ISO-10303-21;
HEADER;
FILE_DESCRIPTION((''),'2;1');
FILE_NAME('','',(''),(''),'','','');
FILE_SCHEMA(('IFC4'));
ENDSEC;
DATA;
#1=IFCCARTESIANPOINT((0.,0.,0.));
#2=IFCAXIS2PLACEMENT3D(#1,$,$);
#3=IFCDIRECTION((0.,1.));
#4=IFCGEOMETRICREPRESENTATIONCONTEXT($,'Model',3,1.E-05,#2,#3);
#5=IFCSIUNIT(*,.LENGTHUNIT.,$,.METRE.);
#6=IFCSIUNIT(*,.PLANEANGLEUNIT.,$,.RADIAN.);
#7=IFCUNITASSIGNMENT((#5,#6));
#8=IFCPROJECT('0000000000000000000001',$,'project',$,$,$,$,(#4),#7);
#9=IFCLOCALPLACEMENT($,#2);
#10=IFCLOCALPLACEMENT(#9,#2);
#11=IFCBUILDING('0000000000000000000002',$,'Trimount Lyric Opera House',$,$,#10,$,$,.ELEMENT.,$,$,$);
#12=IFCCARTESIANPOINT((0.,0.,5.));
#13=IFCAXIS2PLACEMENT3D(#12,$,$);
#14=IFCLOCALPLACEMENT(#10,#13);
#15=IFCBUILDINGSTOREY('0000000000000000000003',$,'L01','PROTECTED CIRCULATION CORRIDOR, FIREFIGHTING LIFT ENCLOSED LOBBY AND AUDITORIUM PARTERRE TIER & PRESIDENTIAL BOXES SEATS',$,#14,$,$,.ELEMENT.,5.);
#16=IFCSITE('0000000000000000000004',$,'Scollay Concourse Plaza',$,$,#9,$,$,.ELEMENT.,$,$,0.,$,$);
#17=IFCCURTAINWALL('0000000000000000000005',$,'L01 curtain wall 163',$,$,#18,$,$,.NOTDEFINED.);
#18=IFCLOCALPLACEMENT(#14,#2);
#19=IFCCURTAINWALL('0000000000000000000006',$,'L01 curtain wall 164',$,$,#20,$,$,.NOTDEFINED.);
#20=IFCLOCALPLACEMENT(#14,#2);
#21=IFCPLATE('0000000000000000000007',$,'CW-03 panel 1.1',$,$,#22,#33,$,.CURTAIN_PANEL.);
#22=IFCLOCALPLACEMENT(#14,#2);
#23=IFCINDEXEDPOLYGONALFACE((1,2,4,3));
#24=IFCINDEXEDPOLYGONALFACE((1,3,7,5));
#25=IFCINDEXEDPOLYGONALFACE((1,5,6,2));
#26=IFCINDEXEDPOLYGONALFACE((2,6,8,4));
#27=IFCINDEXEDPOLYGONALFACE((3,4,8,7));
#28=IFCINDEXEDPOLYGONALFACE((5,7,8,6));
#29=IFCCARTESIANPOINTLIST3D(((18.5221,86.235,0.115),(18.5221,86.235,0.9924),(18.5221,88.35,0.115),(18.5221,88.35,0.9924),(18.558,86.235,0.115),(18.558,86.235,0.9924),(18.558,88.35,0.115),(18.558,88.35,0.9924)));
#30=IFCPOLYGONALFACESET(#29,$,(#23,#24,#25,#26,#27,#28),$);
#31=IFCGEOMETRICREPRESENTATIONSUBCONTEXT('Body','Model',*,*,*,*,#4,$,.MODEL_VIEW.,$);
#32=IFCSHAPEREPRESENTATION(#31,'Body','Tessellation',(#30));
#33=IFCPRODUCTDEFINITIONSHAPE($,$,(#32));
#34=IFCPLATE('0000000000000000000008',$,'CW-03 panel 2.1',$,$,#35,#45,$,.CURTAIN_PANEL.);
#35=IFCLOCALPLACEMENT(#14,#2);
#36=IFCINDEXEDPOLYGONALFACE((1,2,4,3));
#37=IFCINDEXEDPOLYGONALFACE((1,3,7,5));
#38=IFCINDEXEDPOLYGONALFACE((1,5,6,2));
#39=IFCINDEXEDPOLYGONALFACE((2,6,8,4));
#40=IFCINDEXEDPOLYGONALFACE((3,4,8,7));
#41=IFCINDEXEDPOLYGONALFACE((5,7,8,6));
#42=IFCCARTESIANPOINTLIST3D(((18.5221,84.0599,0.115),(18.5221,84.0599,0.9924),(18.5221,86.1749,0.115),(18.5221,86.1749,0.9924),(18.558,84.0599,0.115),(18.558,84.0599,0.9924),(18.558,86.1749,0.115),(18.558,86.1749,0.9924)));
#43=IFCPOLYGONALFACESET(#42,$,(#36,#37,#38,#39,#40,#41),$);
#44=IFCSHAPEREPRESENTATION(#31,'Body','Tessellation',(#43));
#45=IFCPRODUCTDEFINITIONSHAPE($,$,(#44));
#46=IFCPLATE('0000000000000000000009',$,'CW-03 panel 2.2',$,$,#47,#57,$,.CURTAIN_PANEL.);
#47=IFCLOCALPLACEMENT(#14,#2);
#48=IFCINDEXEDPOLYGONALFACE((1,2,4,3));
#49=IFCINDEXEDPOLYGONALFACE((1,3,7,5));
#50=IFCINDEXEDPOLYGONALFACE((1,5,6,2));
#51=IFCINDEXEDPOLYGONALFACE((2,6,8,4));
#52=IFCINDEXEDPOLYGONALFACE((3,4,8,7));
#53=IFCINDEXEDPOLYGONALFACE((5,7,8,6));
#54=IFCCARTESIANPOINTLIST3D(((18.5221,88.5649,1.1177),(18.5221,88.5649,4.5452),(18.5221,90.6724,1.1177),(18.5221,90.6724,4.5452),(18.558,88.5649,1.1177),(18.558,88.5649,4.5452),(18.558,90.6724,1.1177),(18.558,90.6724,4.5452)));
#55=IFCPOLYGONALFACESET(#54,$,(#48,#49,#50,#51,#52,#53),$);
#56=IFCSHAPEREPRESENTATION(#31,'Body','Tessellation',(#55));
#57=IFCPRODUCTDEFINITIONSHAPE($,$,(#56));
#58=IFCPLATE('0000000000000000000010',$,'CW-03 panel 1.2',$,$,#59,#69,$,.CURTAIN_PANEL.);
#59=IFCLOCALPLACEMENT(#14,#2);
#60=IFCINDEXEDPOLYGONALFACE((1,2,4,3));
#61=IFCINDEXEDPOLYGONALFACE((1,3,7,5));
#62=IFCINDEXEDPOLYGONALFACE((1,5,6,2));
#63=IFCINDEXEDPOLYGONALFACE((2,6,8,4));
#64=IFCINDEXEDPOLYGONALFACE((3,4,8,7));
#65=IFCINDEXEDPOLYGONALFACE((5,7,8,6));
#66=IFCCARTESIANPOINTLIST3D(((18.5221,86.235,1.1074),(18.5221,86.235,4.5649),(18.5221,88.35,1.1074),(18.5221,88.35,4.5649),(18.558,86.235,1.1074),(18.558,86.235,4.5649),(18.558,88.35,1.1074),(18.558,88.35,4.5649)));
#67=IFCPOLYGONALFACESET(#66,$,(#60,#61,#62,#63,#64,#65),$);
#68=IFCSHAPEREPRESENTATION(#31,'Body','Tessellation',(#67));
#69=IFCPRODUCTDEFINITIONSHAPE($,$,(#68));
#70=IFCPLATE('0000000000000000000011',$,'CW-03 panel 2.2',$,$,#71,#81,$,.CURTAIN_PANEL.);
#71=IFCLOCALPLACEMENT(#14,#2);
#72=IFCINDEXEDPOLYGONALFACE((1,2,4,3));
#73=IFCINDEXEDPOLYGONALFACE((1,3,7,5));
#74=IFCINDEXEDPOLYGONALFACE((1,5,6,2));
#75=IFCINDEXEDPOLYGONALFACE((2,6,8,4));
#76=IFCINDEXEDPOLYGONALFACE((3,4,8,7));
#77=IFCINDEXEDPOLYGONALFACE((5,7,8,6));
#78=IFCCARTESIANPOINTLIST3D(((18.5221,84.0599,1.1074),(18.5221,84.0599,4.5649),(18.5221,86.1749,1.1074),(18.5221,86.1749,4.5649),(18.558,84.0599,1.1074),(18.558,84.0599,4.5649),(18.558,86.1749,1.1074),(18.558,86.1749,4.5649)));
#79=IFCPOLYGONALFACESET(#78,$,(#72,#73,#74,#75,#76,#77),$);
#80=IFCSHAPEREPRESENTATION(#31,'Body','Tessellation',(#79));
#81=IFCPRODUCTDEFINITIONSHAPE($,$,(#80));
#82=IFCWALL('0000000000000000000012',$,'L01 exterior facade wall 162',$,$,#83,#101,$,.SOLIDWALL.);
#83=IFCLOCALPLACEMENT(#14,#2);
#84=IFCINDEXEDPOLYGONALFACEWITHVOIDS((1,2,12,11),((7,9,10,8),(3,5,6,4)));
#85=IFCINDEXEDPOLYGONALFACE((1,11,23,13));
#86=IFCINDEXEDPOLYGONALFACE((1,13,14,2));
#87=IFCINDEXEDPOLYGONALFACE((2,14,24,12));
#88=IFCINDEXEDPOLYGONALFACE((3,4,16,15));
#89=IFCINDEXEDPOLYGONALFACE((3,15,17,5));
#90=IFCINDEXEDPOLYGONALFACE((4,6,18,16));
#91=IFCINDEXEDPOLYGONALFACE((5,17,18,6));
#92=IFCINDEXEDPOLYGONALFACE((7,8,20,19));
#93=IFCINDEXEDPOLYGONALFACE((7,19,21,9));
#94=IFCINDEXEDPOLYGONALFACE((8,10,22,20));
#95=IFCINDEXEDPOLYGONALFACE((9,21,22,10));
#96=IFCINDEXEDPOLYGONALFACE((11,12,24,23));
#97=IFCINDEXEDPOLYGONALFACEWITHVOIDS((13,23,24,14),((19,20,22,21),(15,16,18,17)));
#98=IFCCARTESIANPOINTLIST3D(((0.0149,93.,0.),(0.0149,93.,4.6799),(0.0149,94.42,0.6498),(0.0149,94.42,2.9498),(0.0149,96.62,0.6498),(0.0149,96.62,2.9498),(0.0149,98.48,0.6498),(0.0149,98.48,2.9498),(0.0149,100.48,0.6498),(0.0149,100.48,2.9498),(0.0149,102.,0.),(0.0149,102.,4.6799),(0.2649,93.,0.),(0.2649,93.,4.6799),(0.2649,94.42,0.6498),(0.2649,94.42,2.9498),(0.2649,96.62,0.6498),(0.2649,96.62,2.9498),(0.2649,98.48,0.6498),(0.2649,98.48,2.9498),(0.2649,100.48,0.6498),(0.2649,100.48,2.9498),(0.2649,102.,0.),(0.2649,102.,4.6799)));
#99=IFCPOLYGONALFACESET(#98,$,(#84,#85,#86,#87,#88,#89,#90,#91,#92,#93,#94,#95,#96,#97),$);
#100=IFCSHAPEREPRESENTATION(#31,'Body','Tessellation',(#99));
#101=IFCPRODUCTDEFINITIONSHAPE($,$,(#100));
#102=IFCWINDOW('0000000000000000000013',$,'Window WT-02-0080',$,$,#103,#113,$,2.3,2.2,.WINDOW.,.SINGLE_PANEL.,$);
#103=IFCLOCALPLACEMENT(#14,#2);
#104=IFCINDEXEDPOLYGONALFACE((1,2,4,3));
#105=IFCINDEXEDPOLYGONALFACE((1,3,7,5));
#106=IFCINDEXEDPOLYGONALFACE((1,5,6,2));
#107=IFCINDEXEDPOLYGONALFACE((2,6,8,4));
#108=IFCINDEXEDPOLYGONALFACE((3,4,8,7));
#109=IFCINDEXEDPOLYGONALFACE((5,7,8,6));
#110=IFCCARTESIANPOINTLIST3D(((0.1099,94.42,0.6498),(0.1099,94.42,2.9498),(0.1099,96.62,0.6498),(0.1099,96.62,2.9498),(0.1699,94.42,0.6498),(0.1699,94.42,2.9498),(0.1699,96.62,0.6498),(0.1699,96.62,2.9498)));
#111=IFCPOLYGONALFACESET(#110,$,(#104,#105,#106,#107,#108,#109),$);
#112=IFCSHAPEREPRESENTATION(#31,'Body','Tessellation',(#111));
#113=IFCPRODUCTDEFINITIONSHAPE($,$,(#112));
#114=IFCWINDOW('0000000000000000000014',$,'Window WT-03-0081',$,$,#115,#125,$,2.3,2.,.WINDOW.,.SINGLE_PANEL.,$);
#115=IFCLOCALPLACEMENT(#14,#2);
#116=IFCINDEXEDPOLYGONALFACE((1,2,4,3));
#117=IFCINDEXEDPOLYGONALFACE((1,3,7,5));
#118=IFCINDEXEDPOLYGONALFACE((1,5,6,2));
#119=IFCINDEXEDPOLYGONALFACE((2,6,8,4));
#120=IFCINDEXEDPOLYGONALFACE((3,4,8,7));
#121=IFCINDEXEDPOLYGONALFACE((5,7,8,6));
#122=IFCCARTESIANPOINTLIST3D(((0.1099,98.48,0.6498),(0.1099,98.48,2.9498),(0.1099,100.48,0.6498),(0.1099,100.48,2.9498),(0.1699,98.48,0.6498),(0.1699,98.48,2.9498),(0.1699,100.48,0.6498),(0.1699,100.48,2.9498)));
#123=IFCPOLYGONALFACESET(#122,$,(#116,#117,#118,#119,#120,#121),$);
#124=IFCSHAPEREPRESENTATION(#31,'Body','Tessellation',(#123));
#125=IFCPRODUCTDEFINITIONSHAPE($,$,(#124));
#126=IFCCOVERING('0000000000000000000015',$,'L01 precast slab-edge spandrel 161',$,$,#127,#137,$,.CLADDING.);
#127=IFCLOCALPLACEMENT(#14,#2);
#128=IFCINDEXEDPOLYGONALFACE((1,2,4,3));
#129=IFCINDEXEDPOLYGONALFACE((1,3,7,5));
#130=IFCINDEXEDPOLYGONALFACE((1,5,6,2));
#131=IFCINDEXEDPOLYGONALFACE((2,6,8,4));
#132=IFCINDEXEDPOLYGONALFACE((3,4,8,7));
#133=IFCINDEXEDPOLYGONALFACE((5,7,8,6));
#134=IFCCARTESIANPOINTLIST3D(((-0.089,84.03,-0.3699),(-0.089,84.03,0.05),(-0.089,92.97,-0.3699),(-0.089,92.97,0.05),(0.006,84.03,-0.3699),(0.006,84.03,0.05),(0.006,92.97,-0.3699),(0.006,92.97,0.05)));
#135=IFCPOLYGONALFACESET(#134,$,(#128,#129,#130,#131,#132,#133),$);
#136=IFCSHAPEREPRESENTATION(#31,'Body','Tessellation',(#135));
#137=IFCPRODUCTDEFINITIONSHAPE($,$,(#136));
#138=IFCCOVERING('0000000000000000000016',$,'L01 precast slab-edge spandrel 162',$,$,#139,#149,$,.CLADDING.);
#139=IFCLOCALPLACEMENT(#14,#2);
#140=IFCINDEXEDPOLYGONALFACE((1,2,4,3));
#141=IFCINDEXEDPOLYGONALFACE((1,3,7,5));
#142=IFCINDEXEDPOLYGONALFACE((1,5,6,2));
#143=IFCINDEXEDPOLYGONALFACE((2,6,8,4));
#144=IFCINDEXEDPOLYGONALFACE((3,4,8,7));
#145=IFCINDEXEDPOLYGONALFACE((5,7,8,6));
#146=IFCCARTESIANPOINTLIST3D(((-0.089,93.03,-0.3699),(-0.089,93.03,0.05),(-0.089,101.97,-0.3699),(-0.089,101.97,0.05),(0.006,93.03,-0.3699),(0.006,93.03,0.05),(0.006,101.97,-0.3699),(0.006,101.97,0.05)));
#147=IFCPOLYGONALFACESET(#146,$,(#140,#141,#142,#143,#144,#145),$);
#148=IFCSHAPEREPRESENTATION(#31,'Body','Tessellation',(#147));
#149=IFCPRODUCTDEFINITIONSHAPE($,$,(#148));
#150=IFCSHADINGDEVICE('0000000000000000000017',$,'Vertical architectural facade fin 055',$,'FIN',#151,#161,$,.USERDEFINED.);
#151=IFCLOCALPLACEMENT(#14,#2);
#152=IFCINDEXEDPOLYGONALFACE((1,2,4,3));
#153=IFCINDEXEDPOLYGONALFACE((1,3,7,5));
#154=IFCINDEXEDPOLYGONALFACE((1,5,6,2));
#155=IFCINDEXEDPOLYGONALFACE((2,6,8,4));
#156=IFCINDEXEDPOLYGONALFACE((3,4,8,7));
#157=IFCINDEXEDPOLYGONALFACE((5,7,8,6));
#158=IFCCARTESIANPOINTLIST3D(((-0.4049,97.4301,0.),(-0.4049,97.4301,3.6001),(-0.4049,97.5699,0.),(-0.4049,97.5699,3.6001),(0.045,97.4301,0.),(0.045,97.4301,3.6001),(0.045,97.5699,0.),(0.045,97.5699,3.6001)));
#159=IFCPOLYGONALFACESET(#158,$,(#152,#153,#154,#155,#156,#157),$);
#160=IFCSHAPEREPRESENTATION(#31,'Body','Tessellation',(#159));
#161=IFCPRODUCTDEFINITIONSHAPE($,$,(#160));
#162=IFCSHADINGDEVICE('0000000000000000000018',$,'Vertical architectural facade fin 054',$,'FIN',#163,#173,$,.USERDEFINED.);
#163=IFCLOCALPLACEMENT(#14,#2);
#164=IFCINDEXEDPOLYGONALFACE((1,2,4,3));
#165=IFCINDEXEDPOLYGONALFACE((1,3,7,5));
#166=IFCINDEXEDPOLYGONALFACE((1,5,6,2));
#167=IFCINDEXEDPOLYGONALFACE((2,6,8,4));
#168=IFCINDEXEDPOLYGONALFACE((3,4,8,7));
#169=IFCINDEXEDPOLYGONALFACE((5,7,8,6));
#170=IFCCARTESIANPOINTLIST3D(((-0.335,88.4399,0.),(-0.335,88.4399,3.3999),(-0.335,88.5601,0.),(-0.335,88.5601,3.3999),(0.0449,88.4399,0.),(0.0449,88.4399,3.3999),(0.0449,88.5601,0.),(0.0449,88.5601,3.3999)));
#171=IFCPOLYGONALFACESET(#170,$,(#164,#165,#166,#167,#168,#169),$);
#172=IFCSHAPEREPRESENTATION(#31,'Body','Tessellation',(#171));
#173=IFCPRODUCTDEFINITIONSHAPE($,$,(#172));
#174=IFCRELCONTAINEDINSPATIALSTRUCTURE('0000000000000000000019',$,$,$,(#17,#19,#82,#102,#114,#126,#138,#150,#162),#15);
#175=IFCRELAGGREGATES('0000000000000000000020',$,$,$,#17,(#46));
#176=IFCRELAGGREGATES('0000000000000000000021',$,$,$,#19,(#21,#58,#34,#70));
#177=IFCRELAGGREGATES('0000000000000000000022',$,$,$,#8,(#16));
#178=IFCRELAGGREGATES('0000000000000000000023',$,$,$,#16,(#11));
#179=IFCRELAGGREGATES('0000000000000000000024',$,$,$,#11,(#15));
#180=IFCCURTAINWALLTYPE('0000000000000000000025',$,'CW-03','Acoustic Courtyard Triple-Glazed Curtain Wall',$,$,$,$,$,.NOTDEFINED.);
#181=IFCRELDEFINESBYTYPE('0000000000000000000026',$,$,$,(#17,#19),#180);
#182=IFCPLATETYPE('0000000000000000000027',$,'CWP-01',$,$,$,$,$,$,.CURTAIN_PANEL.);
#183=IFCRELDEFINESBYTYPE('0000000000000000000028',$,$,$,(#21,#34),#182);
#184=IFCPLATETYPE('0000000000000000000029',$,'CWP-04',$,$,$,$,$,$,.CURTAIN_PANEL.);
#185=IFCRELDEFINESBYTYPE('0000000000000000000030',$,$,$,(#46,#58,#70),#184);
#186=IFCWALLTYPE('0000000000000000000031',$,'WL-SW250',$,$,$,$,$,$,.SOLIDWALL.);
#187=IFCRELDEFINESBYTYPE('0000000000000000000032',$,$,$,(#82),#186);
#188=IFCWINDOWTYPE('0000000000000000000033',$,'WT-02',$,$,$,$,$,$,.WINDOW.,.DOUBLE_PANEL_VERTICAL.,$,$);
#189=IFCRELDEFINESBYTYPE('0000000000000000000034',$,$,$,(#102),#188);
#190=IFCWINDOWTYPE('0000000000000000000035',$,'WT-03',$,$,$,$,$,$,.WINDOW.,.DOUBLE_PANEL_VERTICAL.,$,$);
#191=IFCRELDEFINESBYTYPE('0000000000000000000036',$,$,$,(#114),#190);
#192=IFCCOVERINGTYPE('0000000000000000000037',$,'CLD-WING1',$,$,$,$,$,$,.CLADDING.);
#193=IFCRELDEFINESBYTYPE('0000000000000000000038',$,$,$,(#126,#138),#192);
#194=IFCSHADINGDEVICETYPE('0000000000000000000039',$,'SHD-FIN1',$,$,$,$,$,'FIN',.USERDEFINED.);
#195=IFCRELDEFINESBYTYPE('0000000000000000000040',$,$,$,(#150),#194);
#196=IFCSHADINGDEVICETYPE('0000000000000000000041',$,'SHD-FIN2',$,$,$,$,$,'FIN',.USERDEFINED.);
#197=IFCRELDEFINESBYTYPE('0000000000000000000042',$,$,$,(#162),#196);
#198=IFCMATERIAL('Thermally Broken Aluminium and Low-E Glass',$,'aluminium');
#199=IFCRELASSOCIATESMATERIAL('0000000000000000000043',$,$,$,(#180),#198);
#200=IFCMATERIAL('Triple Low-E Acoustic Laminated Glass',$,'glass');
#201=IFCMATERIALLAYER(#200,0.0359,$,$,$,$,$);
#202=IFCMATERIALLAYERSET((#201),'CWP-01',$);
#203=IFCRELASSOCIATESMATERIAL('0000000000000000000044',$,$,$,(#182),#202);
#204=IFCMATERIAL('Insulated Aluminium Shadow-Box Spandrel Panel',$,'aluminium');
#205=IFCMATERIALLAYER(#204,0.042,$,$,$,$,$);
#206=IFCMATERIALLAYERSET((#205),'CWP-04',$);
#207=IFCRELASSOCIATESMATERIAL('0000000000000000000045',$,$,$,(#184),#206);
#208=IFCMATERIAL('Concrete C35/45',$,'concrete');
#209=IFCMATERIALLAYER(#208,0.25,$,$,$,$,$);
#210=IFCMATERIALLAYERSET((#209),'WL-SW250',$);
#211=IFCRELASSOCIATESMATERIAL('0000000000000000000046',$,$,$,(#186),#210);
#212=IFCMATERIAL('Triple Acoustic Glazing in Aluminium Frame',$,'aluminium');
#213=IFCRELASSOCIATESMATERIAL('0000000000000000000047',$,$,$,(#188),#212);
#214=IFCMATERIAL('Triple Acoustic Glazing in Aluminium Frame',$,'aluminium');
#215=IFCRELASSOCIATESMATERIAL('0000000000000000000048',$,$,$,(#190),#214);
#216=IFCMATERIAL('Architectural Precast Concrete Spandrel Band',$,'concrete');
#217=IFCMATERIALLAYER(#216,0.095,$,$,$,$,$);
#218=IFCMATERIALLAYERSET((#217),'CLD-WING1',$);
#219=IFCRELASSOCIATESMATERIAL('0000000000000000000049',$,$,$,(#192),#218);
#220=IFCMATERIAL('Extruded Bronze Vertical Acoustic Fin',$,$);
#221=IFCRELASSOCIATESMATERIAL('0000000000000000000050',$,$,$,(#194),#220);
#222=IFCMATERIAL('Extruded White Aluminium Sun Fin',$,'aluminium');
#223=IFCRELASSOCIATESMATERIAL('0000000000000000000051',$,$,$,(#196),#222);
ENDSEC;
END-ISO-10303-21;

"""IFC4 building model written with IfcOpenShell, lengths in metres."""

from ifc_helpers import new_model, si_unit, direction, frame, frame_2d, origin, origin_2d, place, context, subcontext, project, spatial, rectangle, extrude, material, layer, layer_set, type_object, element, fill, aggregate, save


model = new_model("IFC4")

# Units and contexts
model_context = context("Model", 3, precision=1e-05, world=origin(), true_north=direction((0.0, 1.0)))
body_context = subcontext(model_context, "Body", "Model", "MODEL_VIEW")
ifc_project = project(units=[si_unit("LENGTHUNIT", "METRE"), si_unit("PLANEANGLEUNIT", "RADIAN")], contexts=[model_context])

# Site, building, storey
site_placement = place(None, origin())
site = spatial("IfcSite", under=ifc_project, at=site_placement, Name="Scollay Concourse Plaza", CompositionType="ELEMENT", RefElevation=0.0)
building_placement = place(site_placement, origin())
building = spatial("IfcBuilding", under=site, at=building_placement, Name="Trimount Lyric Opera House", CompositionType="ELEMENT")
storey_placement = place(building_placement, frame((0.0, 0.0, 5.0)))
storey = spatial("IfcBuildingStorey", under=building, at=storey_placement, Name="L01", Description="PROTECTED CIRCULATION CORRIDOR, FIREFIGHTING LIFT ENCLOSED LOBBY AND AUDITORIUM PARTERRE TIER & PRESIDENTIAL BOXES SEATS", CompositionType="ELEMENT", Elevation=5.0)

# Curtain wall
ifc_material_1 = material(Name="Thermally Broken Aluminium and Low-E Glass", Category="aluminium")
curtain_wall_type = type_object("IfcCurtainWallType", Name="CW-03", Description="Acoustic Courtyard Triple-Glazed Curtain Wall", PredefinedType="NOTDEFINED", material=ifc_material_1)
curtain_wall_1_placement = place(storey_placement, origin())
curtain_wall_1 = element("IfcCurtainWall", 1, at=curtain_wall_1_placement, inside=storey, type_object=curtain_wall_type, Name="L01 curtain wall 163", PredefinedType="NOTDEFINED")

# Curtain wall
curtain_wall_2_placement = place(storey_placement, origin())
curtain_wall_2 = element("IfcCurtainWall", 2, at=curtain_wall_2_placement, inside=storey, type_object=curtain_wall_type, Name="L01 curtain wall 164", PredefinedType="NOTDEFINED")

# Plates
ifc_material_2 = material(Name="Triple Low-E Acoustic Laminated Glass", Category="glass")
ifc_layer_1 = layer(ifc_material_2, 0.0359)
ifc_layer_set_1 = layer_set([ifc_layer_1], Name="CWP-01")
plate_type_1 = type_object("IfcPlateType", Name="CWP-01", PredefinedType="CURTAIN_PANEL", material=ifc_layer_set_1)
plate_1_placement = place(storey_placement, frame((18.54, 87.2925, 0.115), z_axis=(0.0, 0.0, 1.0), x_axis=(0.0, -1.0, 0.0)))
plate_1 = element("IfcPlate", 3, at=plate_1_placement, type_object=plate_type_1, Name="CW-03 panel 1.1", PredefinedType="CURTAIN_PANEL", context=body_context, shape_type="SweptSolid", body=[
    extrude(rectangle(XDim=2.115, YDim=0.0359, at=origin_2d()), origin(), (0.0, 0.0, 1.0), 0.8774),
])
plate_2_placement = place(storey_placement, frame((18.54, 85.1174, 0.115), z_axis=(0.0, 0.0, 1.0), x_axis=(0.0, -1.0, 0.0)))
plate_2 = element("IfcPlate", 4, at=plate_2_placement, type_object=plate_type_1, Name="CW-03 panel 2.1", PredefinedType="CURTAIN_PANEL", context=body_context, shape_type="SweptSolid", body=[
    extrude(rectangle(XDim=2.115, YDim=0.0359, at=origin_2d()), origin(), (0.0, 0.0, 1.0), 0.8774),
])
ifc_material_3 = material(Name="Insulated Aluminium Shadow-Box Spandrel Panel", Category="aluminium")
ifc_layer_2 = layer(ifc_material_3, 0.042)
ifc_layer_set_2 = layer_set([ifc_layer_2], Name="CWP-04")
plate_type_2 = type_object("IfcPlateType", Name="CWP-04", PredefinedType="CURTAIN_PANEL", material=ifc_layer_set_2)
plate_3_placement = place(storey_placement, frame((18.54, 89.6187, 1.1177), z_axis=(0.0, 0.0, 1.0), x_axis=(0.0, -1.0, 0.0)))
plate_3 = element("IfcPlate", 5, at=plate_3_placement, type_object=plate_type_2, Name="CW-03 panel 2.2", PredefinedType="CURTAIN_PANEL", context=body_context, shape_type="SweptSolid", body=[
    extrude(rectangle(XDim=2.1074, YDim=0.0359, at=origin_2d()), origin(), (0.0, 0.0, 1.0), 3.4275),
])
aggregate(curtain_wall_1, [plate_3])
plate_4_placement = place(storey_placement, frame((18.54, 87.2925, 1.1074), z_axis=(0.0, 0.0, 1.0), x_axis=(0.0, -1.0, 0.0)))
plate_4 = element("IfcPlate", 6, at=plate_4_placement, type_object=plate_type_2, Name="CW-03 panel 1.2", PredefinedType="CURTAIN_PANEL", context=body_context, shape_type="SweptSolid", body=[
    extrude(rectangle(XDim=2.115, YDim=0.0359, at=origin_2d()), origin(), (0.0, 0.0, 1.0), 3.4575),
])
plate_5_placement = place(storey_placement, frame((18.54, 85.1174, 1.1074), z_axis=(0.0, 0.0, 1.0), x_axis=(0.0, -1.0, 0.0)))
plate_5 = element("IfcPlate", 7, at=plate_5_placement, type_object=plate_type_2, Name="CW-03 panel 2.2", PredefinedType="CURTAIN_PANEL", context=body_context, shape_type="SweptSolid", body=[
    extrude(rectangle(XDim=2.115, YDim=0.0359, at=origin_2d()), origin(), (0.0, 0.0, 1.0), 3.4575),
])
aggregate(curtain_wall_2, [plate_1, plate_4, plate_2, plate_5])

# Wall, openings, windows
ifc_material_4 = material(Name="Concrete C35/45", Category="concrete")
ifc_layer_3 = layer(ifc_material_4, 0.25)
ifc_layer_set_3 = layer_set([ifc_layer_3], Name="WL-SW250")
wall_type = type_object("IfcWallType", Name="WL-SW250", PredefinedType="SOLIDWALL", material=ifc_layer_set_3)
wall_placement = place(storey_placement, frame((0.1399, 93.0, 0.0), z_axis=(0.0, 0.0, 1.0), x_axis=(0.0, 1.0, 0.0)))
wall = element("IfcWall", 8, at=wall_placement, inside=storey, type_object=wall_type, Name="L01 exterior facade wall 162", PredefinedType="SOLIDWALL", context=body_context, shape_type="SweptSolid", body=[
    extrude(rectangle(XDim=9.0, YDim=0.25, at=frame_2d((4.5, 0.0))), origin(), (0.0, 0.0, 1.0), 4.6799),
])
opening_1_placement = place(wall_placement, frame((1.4199, 0.0, 0.6499)))
opening_1 = element("IfcOpeningElement", 9, at=opening_1_placement, cuts=wall, PredefinedType="OPENING", context=body_context, shape_type="SweptSolid", body=[
    extrude(rectangle(XDim=2.2, YDim=2.3, at=frame_2d((1.1001, 1.1499))), frame((0.0, 0.135, 0.0), z_axis=(0.0, -1.0, 0.0), x_axis=(1.0, 0.0, 0.0)), (0.0, 0.0, 1.0), 0.27),
])
opening_2_placement = place(wall_placement, frame((5.48, 0.0, 0.6499)))
opening_2 = element("IfcOpeningElement", 10, at=opening_2_placement, cuts=wall, PredefinedType="OPENING", context=body_context, shape_type="SweptSolid", body=[
    extrude(rectangle(XDim=2.0, YDim=2.3, at=frame_2d((1.0, 1.1499))), frame((0.0, 0.135, 0.0), z_axis=(0.0, -1.0, 0.0), x_axis=(1.0, 0.0, 0.0)), (0.0, 0.0, 1.0), 0.27),
])
ifc_material_5 = material(Name="Triple Acoustic Glazing in Aluminium Frame", Category="aluminium")
window_type_1 = type_object("IfcWindowType", Name="WT-02", PartitioningType="DOUBLE_PANEL_VERTICAL", PredefinedType="WINDOW", material=ifc_material_5)
window_1_placement = place(opening_1_placement, origin())
window_1 = element("IfcWindow", 11, at=window_1_placement, inside=storey, type_object=window_type_1, Name="Window WT-02-0080", OverallHeight=2.3, OverallWidth=2.2, PartitioningType="SINGLE_PANEL", PredefinedType="WINDOW", context=body_context, shape_type="SweptSolid", body=[
    extrude(rectangle(XDim=2.2, YDim=2.3, at=frame_2d((1.1001, 1.1499))), frame((0.0, 0.03, 0.0), z_axis=(0.0, -1.0, 0.0), x_axis=(1.0, 0.0, 0.0)), (0.0, 0.0, 1.0), 0.0601),
])
fill(opening_1, window_1)
ifc_material_6 = material(Name="Triple Acoustic Glazing in Aluminium Frame", Category="aluminium")
window_type_2 = type_object("IfcWindowType", Name="WT-03", PartitioningType="DOUBLE_PANEL_VERTICAL", PredefinedType="WINDOW", material=ifc_material_6)
window_2_placement = place(opening_2_placement, origin())
window_2 = element("IfcWindow", 12, at=window_2_placement, inside=storey, type_object=window_type_2, Name="Window WT-03-0081", OverallHeight=2.3, OverallWidth=2.0, PartitioningType="SINGLE_PANEL", PredefinedType="WINDOW", context=body_context, shape_type="SweptSolid", body=[
    extrude(rectangle(XDim=2.0, YDim=2.3, at=frame_2d((1.0, 1.1499))), frame((0.0, 0.03, 0.0), z_axis=(0.0, -1.0, 0.0), x_axis=(1.0, 0.0, 0.0)), (0.0, 0.0, 1.0), 0.0601),
])
fill(opening_2, window_2)

# Coverings
ifc_material_7 = material(Name="Architectural Precast Concrete Spandrel Band", Category="concrete")
ifc_layer_4 = layer(ifc_material_7, 0.095)
ifc_layer_set_4 = layer_set([ifc_layer_4], Name="CLD-WING1")
covering_type = type_object("IfcCoveringType", Name="CLD-WING1", PredefinedType="CLADDING", material=ifc_layer_set_4)
for number, where, z_axis, x_axis, name in (
    (13, (-0.0415, 88.5, -0.3699), (0.0, 0.0, 1.0), (0.0, 1.0, 0.0), "L01 precast slab-edge spandrel 161"),
    (14, (-0.0415, 97.5, -0.3699), (0.0, 0.0, 1.0), (0.0, 1.0, 0.0), "L01 precast slab-edge spandrel 162"),
):
    element("IfcCovering", number, at=place(storey_placement, frame(where, z_axis=z_axis, x_axis=x_axis)), inside=storey, type_object=covering_type, Name=name, PredefinedType="CLADDING", context=body_context, shape_type="SweptSolid", body=[
        extrude(rectangle(XDim=8.9399, YDim=0.095, at=origin_2d()), origin(), (0.0, 0.0, 1.0), 0.4199),
    ])

# Shading devices
ifc_material_8 = material(Name="Extruded Bronze Vertical Acoustic Fin")
shading_device_type_1 = type_object("IfcShadingDeviceType", Name="SHD-FIN1", ElementType="FIN", PredefinedType="USERDEFINED", material=ifc_material_8)
shading_device_1_placement = place(storey_placement, frame((-0.1799, 97.5, 0.0), z_axis=(0.0, 0.0, 1.0), x_axis=(1.0, 0.0, 0.0)))
element("IfcShadingDevice", 15, at=shading_device_1_placement, inside=storey, type_object=shading_device_type_1, Name="Vertical architectural facade fin 055", ObjectType="FIN", PredefinedType="USERDEFINED", context=body_context, shape_type="SweptSolid", body=[
    extrude(rectangle(XDim=0.45, YDim=0.1399, at=origin_2d()), origin(), (0.0, 0.0, 1.0), 3.6001),
])
ifc_material_9 = material(Name="Extruded White Aluminium Sun Fin", Category="aluminium")
shading_device_type_2 = type_object("IfcShadingDeviceType", Name="SHD-FIN2", ElementType="FIN", PredefinedType="USERDEFINED", material=ifc_material_9)
shading_device_2_placement = place(storey_placement, frame((-0.145, 88.5, 0.0), z_axis=(0.0, 0.0, 1.0), x_axis=(1.0, 0.0, 0.0)))
element("IfcShadingDevice", 16, at=shading_device_2_placement, inside=storey, type_object=shading_device_type_2, Name="Vertical architectural facade fin 054", ObjectType="FIN", PredefinedType="USERDEFINED", context=body_context, shape_type="SweptSolid", body=[
    extrude(rectangle(XDim=0.3799, YDim=0.1201, at=origin_2d()), origin(), (0.0, 0.0, 1.0), 3.3999),
])

save(model, "model.ifc")
